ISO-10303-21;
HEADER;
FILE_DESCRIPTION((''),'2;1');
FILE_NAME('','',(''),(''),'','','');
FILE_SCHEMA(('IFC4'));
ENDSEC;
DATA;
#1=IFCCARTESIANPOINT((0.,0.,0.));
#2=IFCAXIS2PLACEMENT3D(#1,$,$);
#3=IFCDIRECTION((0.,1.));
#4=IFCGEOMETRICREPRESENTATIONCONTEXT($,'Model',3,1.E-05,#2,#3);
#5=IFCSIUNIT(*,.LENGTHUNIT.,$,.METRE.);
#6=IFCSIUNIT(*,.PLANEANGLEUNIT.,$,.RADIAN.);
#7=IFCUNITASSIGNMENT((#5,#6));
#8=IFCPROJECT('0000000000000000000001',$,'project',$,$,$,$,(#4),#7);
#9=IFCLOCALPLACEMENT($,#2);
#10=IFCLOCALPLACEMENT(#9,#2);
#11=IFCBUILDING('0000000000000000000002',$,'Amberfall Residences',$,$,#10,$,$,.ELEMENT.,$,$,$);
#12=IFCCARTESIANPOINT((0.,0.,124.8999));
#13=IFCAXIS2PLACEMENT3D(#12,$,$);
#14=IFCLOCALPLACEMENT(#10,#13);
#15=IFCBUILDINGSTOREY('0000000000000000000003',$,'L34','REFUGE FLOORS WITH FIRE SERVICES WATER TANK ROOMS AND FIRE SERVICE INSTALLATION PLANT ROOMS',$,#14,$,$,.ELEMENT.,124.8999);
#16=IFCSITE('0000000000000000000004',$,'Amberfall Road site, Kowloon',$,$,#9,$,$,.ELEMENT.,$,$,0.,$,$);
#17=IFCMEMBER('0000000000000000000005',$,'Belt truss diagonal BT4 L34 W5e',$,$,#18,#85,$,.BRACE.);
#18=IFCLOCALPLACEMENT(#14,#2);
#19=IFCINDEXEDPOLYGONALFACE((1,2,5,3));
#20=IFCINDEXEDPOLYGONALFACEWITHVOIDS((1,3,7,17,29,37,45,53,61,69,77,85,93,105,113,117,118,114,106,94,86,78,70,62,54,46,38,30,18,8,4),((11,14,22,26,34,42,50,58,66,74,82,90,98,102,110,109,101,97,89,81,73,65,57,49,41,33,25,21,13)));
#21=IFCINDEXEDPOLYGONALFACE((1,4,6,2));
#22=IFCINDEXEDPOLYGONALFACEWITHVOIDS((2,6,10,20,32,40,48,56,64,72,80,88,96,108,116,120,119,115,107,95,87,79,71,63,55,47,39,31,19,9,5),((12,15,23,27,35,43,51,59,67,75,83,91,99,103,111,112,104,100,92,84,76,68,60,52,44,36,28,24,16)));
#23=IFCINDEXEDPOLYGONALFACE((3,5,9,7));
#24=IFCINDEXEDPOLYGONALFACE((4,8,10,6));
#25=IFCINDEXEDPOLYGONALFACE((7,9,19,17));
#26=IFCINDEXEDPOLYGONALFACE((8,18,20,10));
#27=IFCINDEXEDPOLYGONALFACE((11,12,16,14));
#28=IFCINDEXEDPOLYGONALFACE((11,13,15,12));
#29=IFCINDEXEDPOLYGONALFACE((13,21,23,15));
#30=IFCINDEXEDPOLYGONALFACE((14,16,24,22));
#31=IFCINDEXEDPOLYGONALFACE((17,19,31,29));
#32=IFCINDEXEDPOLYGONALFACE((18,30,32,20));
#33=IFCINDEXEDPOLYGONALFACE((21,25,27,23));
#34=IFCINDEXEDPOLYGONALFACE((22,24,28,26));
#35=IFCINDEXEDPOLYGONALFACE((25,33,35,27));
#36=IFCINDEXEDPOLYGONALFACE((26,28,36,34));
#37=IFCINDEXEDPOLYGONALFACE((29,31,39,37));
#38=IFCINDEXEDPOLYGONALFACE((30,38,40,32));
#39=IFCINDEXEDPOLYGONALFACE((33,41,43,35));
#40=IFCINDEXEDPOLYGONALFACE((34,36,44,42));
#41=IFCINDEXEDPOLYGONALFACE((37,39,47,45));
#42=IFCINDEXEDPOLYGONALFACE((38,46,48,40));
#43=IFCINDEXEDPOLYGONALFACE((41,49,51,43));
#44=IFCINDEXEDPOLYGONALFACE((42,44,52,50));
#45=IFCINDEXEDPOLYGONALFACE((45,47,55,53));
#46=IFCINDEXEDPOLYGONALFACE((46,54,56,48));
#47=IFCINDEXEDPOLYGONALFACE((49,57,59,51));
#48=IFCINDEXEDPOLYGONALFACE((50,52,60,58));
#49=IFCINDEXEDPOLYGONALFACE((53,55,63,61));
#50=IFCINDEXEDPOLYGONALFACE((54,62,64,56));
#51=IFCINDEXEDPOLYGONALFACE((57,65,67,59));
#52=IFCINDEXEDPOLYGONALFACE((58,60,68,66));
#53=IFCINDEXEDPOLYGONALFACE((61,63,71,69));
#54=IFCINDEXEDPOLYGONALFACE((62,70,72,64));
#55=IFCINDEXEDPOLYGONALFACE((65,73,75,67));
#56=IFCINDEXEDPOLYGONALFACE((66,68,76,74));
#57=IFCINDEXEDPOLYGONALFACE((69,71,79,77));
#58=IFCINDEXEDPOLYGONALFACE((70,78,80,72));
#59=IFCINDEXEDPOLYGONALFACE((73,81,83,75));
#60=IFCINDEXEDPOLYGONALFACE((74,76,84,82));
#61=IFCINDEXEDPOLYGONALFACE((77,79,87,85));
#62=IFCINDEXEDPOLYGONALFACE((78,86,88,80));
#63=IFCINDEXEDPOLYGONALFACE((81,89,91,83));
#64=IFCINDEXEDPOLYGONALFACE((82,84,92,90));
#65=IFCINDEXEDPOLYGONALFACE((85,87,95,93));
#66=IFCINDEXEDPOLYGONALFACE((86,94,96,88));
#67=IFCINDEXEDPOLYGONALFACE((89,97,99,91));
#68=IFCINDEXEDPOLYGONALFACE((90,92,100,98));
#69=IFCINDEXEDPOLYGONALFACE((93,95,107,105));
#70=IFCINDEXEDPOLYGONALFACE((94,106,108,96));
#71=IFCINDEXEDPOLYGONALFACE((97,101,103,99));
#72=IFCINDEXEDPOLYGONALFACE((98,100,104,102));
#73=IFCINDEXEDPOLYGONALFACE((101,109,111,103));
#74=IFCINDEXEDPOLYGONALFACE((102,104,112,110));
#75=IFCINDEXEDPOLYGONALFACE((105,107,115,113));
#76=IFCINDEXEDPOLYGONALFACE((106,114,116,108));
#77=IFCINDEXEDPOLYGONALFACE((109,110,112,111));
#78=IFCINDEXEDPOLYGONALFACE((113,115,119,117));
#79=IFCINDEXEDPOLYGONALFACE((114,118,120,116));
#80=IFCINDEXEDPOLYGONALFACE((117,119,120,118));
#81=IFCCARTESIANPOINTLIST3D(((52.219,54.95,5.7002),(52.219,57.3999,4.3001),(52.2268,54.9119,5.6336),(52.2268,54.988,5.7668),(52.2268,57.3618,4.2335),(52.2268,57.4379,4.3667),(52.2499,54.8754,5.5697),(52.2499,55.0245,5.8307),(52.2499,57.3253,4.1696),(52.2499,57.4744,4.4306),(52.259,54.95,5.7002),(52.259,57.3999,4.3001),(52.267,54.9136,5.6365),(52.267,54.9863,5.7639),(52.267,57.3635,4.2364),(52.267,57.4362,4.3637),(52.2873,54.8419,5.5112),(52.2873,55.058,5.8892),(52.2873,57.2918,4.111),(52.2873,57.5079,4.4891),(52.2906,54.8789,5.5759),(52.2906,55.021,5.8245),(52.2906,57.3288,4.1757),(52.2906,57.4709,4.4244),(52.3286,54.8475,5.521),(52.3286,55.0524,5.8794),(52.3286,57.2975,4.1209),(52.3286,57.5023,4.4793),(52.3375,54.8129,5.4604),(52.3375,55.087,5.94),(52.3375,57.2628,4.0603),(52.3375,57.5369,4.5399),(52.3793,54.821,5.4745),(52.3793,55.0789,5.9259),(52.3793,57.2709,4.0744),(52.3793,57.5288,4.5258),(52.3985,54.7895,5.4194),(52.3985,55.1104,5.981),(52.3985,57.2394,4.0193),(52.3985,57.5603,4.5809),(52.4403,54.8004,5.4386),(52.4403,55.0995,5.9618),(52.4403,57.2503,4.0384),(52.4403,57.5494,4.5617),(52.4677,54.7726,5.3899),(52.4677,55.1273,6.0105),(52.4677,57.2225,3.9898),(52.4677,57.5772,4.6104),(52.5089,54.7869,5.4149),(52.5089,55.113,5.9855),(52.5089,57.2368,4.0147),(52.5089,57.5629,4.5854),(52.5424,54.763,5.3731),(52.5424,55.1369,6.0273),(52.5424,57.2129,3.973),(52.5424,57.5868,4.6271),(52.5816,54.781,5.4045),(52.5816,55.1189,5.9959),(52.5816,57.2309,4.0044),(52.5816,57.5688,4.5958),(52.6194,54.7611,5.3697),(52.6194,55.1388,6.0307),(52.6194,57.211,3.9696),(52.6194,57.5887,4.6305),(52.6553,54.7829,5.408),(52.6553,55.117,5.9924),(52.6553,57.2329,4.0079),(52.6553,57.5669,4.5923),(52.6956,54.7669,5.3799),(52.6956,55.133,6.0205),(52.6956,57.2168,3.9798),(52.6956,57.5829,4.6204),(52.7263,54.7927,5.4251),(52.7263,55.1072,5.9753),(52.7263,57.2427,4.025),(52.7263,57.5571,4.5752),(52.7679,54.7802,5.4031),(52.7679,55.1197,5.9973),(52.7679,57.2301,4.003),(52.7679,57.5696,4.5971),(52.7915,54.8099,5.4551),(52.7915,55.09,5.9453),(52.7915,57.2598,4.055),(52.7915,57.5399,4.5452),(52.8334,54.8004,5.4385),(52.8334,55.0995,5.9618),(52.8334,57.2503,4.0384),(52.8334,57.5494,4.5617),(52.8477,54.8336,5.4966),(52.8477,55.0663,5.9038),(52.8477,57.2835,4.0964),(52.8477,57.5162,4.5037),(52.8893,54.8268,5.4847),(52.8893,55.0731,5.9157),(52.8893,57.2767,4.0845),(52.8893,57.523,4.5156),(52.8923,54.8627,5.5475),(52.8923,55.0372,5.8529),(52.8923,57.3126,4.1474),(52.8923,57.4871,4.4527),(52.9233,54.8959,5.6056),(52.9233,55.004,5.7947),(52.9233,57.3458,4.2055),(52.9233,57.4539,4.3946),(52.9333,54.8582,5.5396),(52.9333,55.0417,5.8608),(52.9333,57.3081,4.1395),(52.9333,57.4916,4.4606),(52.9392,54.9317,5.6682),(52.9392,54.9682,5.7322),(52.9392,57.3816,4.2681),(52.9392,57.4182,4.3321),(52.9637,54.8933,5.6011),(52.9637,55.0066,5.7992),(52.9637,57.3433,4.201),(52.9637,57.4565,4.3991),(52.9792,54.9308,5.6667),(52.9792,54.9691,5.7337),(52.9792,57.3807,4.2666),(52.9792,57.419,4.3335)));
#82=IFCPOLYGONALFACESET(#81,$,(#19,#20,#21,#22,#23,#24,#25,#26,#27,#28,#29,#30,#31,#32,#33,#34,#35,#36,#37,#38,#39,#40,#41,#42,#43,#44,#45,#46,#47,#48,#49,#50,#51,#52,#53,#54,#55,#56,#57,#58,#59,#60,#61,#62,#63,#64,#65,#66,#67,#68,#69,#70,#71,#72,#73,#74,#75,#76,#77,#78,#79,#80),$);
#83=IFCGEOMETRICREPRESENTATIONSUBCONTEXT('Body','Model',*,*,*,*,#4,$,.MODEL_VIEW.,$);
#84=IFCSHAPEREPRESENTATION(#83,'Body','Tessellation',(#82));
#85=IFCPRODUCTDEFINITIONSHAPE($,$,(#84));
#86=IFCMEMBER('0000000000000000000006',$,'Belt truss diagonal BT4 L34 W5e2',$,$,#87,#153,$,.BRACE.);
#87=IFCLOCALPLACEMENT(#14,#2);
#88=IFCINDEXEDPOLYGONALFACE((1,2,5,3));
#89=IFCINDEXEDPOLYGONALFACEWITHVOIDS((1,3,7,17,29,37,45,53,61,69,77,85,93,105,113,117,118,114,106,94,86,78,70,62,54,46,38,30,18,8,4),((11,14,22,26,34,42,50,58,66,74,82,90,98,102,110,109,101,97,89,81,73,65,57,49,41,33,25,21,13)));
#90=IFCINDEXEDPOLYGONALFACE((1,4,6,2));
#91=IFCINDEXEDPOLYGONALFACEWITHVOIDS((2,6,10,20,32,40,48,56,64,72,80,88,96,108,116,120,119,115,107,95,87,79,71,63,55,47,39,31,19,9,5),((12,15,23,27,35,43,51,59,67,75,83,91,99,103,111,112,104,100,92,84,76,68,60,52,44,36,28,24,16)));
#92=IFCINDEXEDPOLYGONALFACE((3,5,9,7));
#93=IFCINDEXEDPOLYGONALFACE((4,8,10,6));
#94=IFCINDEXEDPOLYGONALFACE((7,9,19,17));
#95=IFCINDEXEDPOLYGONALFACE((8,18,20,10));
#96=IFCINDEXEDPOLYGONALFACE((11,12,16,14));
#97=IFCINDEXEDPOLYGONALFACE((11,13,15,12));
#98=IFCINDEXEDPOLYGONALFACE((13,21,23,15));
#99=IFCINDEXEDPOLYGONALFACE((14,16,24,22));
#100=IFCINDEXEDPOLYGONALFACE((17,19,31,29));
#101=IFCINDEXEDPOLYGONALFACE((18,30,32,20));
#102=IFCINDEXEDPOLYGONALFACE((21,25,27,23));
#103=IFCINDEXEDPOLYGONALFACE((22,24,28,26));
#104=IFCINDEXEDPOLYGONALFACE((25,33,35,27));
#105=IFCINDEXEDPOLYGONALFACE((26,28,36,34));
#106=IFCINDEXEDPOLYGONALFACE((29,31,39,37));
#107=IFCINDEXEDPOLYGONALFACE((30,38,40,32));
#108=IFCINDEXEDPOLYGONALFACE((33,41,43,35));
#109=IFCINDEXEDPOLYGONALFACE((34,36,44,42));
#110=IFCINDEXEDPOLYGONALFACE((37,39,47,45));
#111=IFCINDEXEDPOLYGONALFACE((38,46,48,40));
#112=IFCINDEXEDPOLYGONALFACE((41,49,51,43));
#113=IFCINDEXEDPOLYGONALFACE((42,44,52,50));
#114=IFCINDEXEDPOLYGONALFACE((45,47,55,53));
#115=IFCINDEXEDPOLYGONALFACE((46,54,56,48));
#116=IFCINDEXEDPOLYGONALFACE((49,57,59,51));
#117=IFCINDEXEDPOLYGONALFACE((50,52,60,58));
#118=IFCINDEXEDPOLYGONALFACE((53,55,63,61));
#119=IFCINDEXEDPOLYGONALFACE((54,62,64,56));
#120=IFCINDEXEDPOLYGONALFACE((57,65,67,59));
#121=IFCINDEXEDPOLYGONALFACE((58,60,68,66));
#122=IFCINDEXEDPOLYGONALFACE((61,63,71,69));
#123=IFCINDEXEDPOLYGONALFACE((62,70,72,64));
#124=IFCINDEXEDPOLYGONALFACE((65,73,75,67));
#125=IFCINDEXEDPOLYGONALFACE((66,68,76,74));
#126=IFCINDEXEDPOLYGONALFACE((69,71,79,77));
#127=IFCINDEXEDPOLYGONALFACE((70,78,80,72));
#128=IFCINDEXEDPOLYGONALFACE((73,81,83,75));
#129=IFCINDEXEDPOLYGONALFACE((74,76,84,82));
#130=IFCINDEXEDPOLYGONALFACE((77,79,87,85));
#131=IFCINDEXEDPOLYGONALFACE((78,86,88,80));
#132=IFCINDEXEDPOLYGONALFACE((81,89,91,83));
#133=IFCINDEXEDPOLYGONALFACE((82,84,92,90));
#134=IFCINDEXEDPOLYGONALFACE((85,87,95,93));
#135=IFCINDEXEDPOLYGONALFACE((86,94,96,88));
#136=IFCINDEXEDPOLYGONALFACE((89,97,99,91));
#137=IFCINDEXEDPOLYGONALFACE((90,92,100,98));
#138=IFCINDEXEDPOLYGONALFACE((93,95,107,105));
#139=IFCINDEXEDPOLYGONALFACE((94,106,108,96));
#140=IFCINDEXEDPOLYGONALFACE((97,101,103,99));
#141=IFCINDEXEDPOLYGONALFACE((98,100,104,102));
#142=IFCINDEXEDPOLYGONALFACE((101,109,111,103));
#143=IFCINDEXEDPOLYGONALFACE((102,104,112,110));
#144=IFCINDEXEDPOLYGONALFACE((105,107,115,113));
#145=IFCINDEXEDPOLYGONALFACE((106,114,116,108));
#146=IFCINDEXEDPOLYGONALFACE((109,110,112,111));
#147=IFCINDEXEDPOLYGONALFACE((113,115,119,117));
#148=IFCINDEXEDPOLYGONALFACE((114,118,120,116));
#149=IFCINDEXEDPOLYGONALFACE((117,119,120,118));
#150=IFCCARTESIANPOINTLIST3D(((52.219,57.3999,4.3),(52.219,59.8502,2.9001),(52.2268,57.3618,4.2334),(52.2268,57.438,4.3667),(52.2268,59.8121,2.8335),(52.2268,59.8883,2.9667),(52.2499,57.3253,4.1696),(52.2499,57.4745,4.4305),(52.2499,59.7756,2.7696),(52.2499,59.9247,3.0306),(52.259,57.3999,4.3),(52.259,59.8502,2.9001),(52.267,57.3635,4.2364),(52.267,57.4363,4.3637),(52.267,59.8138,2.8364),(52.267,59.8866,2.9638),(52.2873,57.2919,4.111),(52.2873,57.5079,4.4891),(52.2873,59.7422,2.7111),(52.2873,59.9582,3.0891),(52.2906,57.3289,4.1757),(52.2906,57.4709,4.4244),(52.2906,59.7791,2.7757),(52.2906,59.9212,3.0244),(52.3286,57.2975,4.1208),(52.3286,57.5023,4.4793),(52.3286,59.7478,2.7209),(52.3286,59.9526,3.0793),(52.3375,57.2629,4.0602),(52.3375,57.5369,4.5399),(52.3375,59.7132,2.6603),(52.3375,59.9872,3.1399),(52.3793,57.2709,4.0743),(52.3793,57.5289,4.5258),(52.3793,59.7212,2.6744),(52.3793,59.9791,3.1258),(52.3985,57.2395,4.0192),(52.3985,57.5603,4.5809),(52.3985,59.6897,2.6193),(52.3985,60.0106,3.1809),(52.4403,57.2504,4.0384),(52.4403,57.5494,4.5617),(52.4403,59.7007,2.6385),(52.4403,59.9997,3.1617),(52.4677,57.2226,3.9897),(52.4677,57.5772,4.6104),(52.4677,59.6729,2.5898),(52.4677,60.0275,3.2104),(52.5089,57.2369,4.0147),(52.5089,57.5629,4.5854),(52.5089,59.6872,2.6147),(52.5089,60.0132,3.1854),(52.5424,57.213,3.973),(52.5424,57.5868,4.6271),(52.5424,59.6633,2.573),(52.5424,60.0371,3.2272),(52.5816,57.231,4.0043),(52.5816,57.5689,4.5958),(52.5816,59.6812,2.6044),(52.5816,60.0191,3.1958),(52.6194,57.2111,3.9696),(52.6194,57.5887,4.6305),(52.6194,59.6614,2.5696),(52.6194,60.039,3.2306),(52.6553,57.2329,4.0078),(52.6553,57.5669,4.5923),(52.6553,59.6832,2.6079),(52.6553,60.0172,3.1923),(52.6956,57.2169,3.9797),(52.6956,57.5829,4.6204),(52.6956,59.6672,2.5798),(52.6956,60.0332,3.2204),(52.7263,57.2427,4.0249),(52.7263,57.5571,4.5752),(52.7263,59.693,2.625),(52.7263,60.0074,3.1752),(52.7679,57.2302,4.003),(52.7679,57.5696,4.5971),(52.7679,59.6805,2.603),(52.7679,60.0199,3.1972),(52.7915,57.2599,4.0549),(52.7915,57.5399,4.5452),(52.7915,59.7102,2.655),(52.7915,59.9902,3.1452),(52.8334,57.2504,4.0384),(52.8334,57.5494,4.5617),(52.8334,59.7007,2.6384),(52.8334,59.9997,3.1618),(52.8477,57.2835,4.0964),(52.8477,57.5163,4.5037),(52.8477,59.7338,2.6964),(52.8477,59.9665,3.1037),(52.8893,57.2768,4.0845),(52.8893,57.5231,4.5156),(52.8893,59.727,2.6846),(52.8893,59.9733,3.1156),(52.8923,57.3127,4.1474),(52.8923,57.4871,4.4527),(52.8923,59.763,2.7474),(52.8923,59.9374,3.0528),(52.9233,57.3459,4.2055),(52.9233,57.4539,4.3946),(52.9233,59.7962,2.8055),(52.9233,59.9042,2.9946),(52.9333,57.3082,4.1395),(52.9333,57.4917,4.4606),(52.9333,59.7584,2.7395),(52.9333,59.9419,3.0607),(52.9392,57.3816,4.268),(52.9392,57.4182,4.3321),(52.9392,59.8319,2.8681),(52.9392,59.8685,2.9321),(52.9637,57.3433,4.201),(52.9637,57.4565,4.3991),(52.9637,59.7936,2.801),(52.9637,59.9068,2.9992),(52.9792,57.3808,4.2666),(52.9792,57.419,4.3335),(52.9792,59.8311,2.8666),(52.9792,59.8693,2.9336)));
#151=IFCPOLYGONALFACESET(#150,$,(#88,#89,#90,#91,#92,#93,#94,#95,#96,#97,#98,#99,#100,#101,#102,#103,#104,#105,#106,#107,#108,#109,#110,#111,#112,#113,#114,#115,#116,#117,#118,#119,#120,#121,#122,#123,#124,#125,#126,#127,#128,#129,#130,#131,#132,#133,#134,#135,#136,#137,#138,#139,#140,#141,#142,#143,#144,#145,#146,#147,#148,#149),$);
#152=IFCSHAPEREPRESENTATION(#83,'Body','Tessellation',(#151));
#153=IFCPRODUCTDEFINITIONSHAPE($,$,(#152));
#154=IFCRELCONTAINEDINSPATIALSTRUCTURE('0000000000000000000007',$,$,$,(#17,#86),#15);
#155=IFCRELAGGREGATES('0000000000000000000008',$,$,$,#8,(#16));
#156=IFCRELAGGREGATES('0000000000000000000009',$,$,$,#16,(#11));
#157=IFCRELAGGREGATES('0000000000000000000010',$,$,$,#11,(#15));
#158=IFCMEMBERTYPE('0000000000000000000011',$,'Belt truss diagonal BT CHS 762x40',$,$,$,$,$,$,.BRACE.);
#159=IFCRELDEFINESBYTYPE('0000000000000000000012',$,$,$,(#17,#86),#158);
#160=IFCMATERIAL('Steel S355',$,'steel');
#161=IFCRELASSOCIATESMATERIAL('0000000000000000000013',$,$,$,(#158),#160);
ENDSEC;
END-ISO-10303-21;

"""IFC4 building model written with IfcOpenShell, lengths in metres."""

from ifc_helpers import new_model, si_unit, direction, frame, origin, origin_2d, place, context, subcontext, project, spatial, hollow_circle, extrude, material, material_profile, profile_set, type_object, element, save


model = new_model("IFC4")

# Units and contexts
model_context = context("Model", 3, precision=1e-05, world=origin(), true_north=direction((0.0, 1.0)))
body_context = subcontext(model_context, "Body", "Model", "MODEL_VIEW")
ifc_project = project(units=[si_unit("LENGTHUNIT", "METRE"), si_unit("PLANEANGLEUNIT", "RADIAN")], contexts=[model_context])

# Site, building, storey
site_placement = place(None, origin())
site = spatial("IfcSite", under=ifc_project, at=site_placement, Name="Amberfall Road site, Kowloon", CompositionType="ELEMENT", RefElevation=0.0)
building_placement = place(site_placement, origin())
building = spatial("IfcBuilding", under=site, at=building_placement, Name="Amberfall Residences", CompositionType="ELEMENT")
storey_placement = place(building_placement, frame((0.0, 0.0, 124.8999)))
storey = spatial("IfcBuildingStorey", under=building, at=storey_placement, Name="L34", Description="REFUGE FLOORS WITH FIRE SERVICES WATER TANK ROOMS AND FIRE SERVICE INSTALLATION PLANT ROOMS", CompositionType="ELEMENT", Elevation=124.8999)

# Shared definitions
ifc_material_1 = material(Name="Steel S355", Category="steel")

# Members
ifc_material_profile_1 = material_profile(ifc_material_1, hollow_circle(Radius=0.3811, WallThickness=0.04, at=origin_2d()), Name="CHS 762x40")
ifc_profile_set_1 = profile_set([ifc_material_profile_1], Name="Steel S355")
member_type_1 = type_object("IfcMemberType", Name="Belt truss diagonal BT CHS 762x40", PredefinedType="BRACE", material=ifc_profile_set_1)
member_1_placement = place(storey_placement, frame((52.6001, 54.95, 5.7002), z_axis=(0.0, 0.868217, -0.496186), x_axis=(-1.0, 0.0, 0.0)))
element("IfcMember", 1, at=member_1_placement, inside=storey, type_object=member_type_1, Name="Belt truss diagonal BT4 L34 W5e", PredefinedType="BRACE", context=body_context, shape_type="SweptSolid", body=[
    extrude(hollow_circle(Radius=0.3811, WallThickness=0.04, at=origin_2d()), origin(), (0.0, 0.0, 1.0), 2.8218),
])
member_2_placement = place(storey_placement, frame((52.6001, 57.3999, 4.3), z_axis=(0.0, 0.868275, -0.496083), x_axis=(-1.0, 0.0, 0.0)))
element("IfcMember", 2, at=member_2_placement, inside=storey, type_object=member_type_1, Name="Belt truss diagonal BT4 L34 W5e2", PredefinedType="BRACE", context=body_context, shape_type="SweptSolid", body=[
    extrude(hollow_circle(Radius=0.3811, WallThickness=0.04, at=origin_2d()), origin(), (0.0, 0.0, 1.0), 2.822),
])

save(model, "model.ifc")
